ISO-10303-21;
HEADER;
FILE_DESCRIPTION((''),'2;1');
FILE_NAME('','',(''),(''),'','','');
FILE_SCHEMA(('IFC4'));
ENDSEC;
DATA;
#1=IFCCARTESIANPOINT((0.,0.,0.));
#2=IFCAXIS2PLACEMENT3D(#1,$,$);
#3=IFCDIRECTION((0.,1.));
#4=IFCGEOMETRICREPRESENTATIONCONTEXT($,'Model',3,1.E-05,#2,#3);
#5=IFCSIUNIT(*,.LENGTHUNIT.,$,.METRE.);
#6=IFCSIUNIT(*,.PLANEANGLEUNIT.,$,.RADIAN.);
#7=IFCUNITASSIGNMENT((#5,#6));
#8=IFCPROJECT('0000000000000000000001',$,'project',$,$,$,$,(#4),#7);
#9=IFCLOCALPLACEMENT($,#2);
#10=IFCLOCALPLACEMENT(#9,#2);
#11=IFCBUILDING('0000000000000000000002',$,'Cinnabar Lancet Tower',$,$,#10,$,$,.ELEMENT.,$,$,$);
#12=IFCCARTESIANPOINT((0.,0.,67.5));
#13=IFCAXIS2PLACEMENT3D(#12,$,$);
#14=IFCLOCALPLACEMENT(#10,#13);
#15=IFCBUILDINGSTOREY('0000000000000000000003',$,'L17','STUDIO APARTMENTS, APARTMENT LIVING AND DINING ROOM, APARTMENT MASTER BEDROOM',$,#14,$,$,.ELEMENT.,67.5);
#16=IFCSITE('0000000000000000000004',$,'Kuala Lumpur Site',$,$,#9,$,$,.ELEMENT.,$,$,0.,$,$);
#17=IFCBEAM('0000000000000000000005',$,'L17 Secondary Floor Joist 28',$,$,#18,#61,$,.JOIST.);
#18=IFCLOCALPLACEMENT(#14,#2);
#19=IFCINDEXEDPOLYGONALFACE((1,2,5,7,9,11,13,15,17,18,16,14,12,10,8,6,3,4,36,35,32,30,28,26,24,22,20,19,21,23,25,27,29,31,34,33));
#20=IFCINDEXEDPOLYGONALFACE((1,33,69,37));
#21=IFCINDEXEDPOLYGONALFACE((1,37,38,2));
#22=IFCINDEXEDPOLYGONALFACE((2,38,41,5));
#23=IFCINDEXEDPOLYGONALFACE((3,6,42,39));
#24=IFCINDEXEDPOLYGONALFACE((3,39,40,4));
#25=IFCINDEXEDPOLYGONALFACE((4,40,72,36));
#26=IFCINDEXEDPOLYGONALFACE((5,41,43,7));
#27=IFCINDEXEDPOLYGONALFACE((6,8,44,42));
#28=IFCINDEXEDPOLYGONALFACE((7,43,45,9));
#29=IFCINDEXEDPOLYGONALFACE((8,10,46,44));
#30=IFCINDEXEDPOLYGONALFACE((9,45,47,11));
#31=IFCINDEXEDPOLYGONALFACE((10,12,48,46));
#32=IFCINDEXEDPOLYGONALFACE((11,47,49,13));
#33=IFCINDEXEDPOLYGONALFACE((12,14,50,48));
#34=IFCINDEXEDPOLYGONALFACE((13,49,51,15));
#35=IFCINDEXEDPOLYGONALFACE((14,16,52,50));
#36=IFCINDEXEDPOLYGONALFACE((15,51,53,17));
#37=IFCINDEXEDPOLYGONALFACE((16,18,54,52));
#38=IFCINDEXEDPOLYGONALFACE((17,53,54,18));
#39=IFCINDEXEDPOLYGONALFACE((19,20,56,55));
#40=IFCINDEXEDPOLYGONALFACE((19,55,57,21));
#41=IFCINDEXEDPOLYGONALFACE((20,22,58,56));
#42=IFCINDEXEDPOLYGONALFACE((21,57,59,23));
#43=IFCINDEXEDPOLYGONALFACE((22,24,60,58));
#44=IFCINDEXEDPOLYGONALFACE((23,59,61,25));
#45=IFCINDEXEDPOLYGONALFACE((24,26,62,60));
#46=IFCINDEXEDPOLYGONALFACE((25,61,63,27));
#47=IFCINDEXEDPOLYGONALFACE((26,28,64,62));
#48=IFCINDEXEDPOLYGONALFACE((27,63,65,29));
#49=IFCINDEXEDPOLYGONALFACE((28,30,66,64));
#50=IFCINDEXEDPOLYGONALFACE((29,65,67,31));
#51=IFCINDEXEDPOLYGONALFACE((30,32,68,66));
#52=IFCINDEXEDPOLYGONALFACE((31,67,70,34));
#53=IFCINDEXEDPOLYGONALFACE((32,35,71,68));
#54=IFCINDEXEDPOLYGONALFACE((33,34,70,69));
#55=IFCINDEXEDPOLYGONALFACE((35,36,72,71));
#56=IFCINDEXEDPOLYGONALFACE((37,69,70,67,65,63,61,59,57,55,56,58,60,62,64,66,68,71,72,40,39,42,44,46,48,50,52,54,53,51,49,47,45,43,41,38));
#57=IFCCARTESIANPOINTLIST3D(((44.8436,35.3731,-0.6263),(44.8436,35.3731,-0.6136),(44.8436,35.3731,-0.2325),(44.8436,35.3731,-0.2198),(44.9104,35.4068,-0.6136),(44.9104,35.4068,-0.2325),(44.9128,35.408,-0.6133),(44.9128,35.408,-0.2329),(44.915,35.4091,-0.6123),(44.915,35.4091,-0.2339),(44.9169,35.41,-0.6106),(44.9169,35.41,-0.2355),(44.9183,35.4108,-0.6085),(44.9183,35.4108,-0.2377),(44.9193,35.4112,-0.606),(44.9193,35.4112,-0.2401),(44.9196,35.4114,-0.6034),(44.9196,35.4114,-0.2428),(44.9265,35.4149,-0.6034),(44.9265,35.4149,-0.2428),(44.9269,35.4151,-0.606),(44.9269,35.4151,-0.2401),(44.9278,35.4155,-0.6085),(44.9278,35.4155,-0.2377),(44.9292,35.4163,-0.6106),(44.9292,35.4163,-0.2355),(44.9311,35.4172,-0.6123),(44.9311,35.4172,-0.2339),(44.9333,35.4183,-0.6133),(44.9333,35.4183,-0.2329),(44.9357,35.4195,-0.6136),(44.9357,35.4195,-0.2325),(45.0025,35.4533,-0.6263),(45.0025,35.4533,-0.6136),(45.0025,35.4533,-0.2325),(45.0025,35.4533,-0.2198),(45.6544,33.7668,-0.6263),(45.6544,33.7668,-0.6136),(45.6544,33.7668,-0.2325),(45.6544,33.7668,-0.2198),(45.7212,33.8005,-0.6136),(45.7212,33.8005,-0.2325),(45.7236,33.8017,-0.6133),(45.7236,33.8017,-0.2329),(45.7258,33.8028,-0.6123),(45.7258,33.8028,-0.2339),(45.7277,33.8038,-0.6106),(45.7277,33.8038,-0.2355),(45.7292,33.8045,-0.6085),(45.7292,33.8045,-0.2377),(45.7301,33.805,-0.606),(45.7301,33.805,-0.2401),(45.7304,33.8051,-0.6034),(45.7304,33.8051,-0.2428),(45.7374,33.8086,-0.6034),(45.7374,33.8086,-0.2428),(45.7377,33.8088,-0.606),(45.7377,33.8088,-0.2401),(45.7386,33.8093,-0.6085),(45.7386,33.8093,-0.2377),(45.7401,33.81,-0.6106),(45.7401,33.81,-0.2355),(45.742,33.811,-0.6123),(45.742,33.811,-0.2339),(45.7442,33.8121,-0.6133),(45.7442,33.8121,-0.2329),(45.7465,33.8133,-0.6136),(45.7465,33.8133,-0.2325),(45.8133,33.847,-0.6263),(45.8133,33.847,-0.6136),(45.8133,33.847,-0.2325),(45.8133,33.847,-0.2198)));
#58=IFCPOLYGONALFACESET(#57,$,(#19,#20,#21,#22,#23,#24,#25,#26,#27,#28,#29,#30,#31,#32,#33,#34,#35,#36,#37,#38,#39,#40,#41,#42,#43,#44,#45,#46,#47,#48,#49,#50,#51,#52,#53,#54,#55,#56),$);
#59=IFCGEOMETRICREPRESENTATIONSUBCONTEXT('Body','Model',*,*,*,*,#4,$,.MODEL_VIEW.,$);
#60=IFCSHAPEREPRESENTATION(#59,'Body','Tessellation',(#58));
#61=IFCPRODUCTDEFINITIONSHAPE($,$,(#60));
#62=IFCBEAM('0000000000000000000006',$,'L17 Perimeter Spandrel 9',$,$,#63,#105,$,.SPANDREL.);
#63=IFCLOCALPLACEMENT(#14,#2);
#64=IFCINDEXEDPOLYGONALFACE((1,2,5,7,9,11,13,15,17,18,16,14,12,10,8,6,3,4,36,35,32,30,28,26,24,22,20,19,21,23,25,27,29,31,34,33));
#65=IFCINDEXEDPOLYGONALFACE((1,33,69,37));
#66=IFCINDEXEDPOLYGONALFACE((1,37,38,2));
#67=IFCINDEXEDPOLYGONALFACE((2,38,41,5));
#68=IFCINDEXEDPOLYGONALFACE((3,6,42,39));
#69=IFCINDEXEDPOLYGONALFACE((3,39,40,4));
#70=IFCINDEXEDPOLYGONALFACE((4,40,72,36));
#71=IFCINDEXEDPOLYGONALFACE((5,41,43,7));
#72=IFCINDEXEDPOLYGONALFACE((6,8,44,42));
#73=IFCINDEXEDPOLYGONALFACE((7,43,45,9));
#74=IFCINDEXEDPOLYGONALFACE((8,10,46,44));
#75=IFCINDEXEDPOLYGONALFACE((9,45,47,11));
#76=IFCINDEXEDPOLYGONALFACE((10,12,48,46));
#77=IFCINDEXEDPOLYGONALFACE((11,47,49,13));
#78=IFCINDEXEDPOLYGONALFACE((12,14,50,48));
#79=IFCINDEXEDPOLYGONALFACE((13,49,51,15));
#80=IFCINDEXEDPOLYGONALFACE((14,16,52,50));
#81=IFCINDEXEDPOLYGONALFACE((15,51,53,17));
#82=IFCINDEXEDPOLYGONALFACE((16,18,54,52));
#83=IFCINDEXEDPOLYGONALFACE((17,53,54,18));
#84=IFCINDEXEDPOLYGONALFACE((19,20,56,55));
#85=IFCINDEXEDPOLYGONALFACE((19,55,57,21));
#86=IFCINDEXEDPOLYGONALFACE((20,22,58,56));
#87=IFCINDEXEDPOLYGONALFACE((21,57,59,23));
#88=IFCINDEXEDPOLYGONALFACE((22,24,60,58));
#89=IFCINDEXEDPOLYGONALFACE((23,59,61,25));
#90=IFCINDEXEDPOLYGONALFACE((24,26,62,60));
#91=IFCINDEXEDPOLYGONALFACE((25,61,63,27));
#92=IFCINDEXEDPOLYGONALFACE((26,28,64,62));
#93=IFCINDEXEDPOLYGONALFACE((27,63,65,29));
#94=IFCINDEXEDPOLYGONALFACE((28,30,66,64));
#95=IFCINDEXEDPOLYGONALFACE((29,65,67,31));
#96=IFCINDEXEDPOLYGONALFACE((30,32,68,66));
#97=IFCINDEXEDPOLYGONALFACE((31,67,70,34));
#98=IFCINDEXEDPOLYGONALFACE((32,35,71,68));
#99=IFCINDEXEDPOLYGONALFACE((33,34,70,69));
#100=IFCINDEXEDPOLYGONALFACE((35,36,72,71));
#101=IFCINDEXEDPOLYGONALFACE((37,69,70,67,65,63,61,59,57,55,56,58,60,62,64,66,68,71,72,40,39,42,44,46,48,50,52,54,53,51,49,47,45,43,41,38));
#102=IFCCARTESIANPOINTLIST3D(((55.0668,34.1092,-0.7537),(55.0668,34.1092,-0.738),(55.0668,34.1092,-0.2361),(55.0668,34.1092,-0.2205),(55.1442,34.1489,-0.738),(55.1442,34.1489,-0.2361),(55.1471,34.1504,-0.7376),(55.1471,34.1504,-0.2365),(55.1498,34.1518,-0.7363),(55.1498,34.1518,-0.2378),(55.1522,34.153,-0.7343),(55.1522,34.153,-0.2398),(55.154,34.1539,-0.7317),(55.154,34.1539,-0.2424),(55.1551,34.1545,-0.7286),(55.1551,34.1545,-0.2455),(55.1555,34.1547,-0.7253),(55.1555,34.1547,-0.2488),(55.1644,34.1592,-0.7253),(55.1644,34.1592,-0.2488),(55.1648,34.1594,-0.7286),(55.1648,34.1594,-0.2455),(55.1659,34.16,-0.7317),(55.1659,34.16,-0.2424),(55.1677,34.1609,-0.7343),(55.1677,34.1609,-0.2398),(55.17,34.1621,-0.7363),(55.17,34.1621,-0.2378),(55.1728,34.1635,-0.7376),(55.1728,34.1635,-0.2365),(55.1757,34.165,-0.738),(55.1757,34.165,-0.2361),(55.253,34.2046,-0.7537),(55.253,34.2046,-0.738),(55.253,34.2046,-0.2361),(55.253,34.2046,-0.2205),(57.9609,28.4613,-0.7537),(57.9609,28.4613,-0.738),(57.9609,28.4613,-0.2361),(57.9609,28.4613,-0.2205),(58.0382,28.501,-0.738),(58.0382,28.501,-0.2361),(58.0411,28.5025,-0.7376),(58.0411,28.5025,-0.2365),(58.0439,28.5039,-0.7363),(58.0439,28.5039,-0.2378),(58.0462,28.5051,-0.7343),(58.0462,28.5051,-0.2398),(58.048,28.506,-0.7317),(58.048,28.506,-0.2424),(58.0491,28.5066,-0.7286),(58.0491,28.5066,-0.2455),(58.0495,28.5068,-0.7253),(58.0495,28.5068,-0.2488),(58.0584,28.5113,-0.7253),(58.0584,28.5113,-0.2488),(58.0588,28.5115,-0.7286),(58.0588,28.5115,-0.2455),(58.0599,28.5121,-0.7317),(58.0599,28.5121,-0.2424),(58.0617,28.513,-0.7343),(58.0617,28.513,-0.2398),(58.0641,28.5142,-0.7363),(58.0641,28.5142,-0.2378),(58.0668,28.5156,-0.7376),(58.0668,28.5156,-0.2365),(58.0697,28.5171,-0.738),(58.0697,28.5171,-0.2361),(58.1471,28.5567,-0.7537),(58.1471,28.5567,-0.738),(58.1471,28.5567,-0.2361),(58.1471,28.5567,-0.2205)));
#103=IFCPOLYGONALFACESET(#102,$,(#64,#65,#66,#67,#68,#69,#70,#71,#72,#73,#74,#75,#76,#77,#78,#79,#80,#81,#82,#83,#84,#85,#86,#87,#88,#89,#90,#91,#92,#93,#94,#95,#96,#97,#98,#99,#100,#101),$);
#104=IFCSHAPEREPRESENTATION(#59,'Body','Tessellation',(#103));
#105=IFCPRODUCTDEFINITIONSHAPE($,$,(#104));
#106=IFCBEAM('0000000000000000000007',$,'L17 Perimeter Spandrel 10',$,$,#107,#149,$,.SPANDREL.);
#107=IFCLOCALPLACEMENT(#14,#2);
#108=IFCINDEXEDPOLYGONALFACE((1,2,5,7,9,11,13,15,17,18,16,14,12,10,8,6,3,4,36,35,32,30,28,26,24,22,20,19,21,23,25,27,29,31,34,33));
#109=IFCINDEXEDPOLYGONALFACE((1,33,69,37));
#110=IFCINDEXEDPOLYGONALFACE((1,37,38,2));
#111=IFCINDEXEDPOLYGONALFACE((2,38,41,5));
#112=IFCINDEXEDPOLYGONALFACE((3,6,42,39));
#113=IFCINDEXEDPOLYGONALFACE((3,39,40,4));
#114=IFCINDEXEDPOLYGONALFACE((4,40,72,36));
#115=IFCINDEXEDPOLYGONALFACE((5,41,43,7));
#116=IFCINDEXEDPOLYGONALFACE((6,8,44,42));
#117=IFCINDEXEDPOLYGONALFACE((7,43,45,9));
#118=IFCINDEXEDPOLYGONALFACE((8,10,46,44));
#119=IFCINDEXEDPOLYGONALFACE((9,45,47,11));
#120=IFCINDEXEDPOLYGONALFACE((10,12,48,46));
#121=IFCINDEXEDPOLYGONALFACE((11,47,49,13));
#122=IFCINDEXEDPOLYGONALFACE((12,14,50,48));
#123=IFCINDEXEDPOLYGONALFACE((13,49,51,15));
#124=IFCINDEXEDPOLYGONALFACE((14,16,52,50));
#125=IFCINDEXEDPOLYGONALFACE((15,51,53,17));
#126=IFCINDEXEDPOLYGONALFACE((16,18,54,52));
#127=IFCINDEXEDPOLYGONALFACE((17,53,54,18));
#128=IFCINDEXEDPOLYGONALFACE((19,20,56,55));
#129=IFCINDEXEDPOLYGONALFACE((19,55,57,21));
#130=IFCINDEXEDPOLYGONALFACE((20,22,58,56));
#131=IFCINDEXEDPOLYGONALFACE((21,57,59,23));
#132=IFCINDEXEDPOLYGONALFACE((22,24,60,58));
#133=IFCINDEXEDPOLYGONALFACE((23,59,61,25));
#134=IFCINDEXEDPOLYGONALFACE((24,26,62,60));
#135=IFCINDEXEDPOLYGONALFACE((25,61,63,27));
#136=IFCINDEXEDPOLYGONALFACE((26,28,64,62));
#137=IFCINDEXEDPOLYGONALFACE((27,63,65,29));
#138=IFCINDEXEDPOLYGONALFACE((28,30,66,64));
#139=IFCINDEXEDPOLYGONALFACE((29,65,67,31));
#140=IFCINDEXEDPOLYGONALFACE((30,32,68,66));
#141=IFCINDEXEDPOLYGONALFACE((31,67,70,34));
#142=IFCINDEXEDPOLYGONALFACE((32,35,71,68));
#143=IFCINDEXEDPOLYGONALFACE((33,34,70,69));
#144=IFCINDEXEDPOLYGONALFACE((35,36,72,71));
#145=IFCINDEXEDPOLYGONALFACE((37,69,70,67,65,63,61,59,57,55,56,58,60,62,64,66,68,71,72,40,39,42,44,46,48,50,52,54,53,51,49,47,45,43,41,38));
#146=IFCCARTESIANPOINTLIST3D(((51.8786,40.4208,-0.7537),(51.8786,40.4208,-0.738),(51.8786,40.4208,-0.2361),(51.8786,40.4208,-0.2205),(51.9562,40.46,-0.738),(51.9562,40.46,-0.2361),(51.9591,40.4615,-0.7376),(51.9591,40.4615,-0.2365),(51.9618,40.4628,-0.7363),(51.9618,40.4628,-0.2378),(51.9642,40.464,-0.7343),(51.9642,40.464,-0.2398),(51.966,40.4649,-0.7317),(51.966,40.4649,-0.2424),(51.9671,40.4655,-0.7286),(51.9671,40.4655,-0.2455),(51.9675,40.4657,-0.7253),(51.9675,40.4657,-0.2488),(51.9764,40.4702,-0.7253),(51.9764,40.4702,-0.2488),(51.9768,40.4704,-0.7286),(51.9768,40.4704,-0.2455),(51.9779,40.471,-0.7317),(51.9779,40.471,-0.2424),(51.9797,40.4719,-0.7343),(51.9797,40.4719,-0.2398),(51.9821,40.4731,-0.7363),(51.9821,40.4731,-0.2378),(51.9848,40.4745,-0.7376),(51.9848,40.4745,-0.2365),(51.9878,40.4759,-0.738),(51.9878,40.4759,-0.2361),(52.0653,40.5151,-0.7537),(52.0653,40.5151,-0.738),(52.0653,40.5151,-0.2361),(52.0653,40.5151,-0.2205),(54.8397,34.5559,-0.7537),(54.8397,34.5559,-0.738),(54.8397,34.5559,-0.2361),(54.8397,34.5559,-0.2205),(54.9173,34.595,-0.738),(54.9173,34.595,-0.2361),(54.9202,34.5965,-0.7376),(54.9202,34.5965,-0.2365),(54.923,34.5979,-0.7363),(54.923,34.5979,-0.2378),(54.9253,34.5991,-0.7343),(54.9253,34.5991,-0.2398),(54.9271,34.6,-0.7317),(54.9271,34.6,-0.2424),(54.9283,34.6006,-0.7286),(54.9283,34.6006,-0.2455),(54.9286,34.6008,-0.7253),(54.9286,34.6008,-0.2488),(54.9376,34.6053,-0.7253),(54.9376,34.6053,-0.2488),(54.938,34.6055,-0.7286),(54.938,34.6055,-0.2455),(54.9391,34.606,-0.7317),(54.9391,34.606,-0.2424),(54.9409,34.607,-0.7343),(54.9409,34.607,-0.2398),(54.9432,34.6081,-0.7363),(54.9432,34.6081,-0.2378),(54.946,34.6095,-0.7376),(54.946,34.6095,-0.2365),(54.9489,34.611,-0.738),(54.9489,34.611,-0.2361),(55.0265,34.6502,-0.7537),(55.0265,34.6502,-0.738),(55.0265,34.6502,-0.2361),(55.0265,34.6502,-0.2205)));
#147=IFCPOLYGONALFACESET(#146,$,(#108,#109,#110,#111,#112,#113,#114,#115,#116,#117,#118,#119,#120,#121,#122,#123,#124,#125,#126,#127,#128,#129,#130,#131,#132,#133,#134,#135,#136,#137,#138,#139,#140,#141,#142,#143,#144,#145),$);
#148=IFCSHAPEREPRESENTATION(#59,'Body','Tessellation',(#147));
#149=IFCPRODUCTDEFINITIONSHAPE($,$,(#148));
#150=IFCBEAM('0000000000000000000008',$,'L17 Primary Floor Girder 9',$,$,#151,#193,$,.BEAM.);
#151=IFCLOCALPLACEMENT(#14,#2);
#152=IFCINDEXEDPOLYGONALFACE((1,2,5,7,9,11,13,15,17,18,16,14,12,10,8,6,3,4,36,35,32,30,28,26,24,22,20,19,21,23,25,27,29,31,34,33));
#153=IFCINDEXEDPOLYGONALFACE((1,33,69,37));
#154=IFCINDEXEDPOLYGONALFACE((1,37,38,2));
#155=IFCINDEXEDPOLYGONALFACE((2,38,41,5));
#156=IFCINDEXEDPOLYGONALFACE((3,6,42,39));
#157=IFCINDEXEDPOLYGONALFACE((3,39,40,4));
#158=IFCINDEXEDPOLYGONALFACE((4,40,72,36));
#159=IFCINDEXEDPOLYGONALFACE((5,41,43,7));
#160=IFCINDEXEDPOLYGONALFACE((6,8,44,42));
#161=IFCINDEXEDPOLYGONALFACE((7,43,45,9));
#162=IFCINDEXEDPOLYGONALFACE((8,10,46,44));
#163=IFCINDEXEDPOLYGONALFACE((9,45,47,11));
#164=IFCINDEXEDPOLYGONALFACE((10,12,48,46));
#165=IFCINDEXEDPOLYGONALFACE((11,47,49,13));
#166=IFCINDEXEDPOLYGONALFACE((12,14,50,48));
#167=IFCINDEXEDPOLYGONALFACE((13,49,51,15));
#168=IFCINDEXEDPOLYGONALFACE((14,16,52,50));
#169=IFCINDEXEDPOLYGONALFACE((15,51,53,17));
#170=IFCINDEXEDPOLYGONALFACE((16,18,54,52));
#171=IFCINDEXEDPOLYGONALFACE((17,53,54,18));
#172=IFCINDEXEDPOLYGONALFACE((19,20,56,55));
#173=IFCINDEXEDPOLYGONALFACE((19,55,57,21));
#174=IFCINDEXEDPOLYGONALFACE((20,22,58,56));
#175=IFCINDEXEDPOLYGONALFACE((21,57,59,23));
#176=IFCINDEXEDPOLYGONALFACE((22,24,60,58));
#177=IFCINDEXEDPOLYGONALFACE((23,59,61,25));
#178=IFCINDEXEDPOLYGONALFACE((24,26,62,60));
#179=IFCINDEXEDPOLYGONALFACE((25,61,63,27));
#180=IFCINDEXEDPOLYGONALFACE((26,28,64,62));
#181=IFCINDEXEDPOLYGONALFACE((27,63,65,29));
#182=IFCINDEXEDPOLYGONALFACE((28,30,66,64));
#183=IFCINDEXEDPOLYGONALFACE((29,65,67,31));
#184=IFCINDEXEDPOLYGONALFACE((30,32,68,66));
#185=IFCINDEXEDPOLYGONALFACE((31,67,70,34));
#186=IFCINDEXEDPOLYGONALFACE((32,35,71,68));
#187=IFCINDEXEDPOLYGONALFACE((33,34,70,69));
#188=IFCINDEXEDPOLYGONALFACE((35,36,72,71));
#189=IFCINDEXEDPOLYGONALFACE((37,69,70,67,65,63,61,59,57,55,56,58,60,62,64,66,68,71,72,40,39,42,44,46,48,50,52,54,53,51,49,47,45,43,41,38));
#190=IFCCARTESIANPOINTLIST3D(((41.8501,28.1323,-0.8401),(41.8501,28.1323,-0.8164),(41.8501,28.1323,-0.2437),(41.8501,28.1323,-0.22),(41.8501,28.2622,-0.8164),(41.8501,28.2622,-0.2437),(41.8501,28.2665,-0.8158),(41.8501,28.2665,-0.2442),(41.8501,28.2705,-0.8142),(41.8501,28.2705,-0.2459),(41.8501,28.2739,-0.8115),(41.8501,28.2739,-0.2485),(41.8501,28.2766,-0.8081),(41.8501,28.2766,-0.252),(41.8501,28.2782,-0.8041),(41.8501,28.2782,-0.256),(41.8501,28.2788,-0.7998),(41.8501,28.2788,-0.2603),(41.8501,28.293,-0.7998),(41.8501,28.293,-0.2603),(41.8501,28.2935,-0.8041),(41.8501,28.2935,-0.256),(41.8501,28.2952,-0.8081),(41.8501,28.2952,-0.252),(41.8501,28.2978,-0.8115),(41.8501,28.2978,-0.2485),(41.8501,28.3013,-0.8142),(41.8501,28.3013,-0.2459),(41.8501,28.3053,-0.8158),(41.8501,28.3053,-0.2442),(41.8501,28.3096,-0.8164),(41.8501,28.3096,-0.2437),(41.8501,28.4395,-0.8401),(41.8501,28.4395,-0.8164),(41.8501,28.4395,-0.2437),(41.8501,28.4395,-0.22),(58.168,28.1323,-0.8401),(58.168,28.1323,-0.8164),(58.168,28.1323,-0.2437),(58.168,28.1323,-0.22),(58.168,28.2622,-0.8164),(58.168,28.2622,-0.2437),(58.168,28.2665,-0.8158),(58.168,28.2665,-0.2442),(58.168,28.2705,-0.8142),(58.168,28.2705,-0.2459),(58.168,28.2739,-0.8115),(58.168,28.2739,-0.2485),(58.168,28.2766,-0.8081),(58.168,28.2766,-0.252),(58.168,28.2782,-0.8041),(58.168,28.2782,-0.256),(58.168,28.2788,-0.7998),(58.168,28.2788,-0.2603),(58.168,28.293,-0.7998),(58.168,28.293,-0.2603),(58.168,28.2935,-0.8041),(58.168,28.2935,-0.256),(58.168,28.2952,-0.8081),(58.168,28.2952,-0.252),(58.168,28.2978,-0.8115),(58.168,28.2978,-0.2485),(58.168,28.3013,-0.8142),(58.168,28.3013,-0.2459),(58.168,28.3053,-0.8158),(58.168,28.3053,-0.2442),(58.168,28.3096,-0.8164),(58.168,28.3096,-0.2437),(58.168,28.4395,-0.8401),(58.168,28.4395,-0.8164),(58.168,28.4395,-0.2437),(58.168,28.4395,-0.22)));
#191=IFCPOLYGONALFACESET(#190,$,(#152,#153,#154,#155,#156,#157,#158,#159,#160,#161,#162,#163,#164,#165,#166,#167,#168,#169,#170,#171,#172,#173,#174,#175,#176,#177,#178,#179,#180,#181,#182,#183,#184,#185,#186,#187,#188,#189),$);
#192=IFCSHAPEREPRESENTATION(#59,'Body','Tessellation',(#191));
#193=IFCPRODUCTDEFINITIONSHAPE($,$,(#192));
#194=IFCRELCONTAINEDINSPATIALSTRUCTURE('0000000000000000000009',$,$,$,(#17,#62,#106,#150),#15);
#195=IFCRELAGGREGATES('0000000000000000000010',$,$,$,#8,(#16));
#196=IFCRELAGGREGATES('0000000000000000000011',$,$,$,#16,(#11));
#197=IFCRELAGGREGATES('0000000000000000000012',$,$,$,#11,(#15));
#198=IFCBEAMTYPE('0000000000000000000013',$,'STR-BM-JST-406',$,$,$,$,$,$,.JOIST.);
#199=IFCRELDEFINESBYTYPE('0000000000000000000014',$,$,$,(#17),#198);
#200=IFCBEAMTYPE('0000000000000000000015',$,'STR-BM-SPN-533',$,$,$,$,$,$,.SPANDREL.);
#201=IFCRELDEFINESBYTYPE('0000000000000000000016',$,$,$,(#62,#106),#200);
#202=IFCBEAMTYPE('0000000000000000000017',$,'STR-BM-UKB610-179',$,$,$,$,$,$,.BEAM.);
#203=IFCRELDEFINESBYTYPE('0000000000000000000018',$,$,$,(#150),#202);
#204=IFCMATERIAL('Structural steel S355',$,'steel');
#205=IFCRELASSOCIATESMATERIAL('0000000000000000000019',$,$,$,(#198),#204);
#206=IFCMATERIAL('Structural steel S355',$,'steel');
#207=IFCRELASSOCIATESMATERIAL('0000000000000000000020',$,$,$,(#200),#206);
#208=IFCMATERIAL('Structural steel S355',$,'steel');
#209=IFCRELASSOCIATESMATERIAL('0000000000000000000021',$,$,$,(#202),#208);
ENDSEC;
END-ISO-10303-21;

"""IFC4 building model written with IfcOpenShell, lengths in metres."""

from ifc_helpers import new_model, si_unit, direction, frame, origin, origin_2d, place, context, subcontext, project, spatial, i_section, extrude, material, material_profile, profile_set, type_object, element, save


model = new_model("IFC4")

# Units and contexts
model_context = context("Model", 3, precision=1e-05, world=origin(), true_north=direction((0.0, 1.0)))
body_context = subcontext(model_context, "Body", "Model", "MODEL_VIEW")
ifc_project = project(units=[si_unit("LENGTHUNIT", "METRE"), si_unit("PLANEANGLEUNIT", "RADIAN")], contexts=[model_context])

# Site, building, storey
site_placement = place(None, origin())
site = spatial("IfcSite", under=ifc_project, at=site_placement, Name="Kuala Lumpur Site", CompositionType="ELEMENT", RefElevation=0.0)
building_placement = place(site_placement, origin())
building = spatial("IfcBuilding", under=site, at=building_placement, Name="Cinnabar Lancet Tower", CompositionType="ELEMENT")
storey_placement = place(building_placement, frame((0.0, 0.0, 67.5)))
storey = spatial("IfcBuildingStorey", under=building, at=storey_placement, Name="L17", Description="STUDIO APARTMENTS, APARTMENT LIVING AND DINING ROOM, APARTMENT MASTER BEDROOM", CompositionType="ELEMENT", Elevation=67.5)

# Beams
ifc_material_1 = material(Name="Structural steel S355", Category="steel")
ifc_material_profile_1 = material_profile(ifc_material_1, i_section(OverallWidth=0.178, OverallDepth=0.4065, WebThickness=0.0078, FlangeThickness=0.0127, FilletRadius=0.0103, at=origin_2d()), Name="UKB 406x178x60")
ifc_profile_set_1 = profile_set([ifc_material_profile_1], Name="Structural steel S355")
beam_type_1 = type_object("IfcBeamType", Name="STR-BM-JST-406", PredefinedType="JOIST", material=ifc_profile_set_1)
beam_1_placement = place(storey_placement, frame((45.7339, 33.8069, -0.4231), z_axis=(-0.45063, 0.892711, 0.0), x_axis=(-0.892711, -0.45063, 0.0)))
element("IfcBeam", 1, at=beam_1_placement, inside=storey, type_object=beam_type_1, Name="L17 Secondary Floor Joist 28", PredefinedType="JOIST", context=body_context, shape_type="SweptSolid", body=[
    extrude(i_section(OverallWidth=0.178, OverallDepth=0.4065, WebThickness=0.0078, FlangeThickness=0.0127, FilletRadius=0.0103, at=origin_2d()), origin(), (0.0, 0.0, 1.0), 1.7993),
])
ifc_material_2 = material(Name="Structural steel S355", Category="steel")
ifc_material_profile_2 = material_profile(ifc_material_2, i_section(OverallWidth=0.2092, OverallDepth=0.5332, WebThickness=0.01, FlangeThickness=0.0156, FilletRadius=0.0127, at=origin_2d()), Name="UKB 533x210x92")
ifc_profile_set_2 = profile_set([ifc_material_profile_2], Name="Structural steel S355")
beam_type_2 = type_object("IfcBeamType", Name="STR-BM-SPN-533", PredefinedType="SPANDREL", material=ifc_profile_set_2)
beam_2_placement = place(storey_placement, frame((58.054, 28.509, -0.4871), z_axis=(-0.456025, 0.889967, 0.0), x_axis=(-0.889967, -0.456025, 0.0)))
element("IfcBeam", 2, at=beam_2_placement, inside=storey, type_object=beam_type_2, Name="L17 Perimeter Spandrel 9", PredefinedType="SPANDREL", context=body_context, shape_type="SweptSolid", body=[
    extrude(i_section(OverallWidth=0.2092, OverallDepth=0.5332, WebThickness=0.01, FlangeThickness=0.0156, FilletRadius=0.0127, at=origin_2d()), origin(), (0.0, 0.0, 1.0), 6.3462),
])
beam_3_placement = place(storey_placement, frame((54.9331, 34.603, -0.4871), z_axis=(-0.450703, 0.892674, 0.0), x_axis=(-0.892674, -0.450703, 0.0)))
element("IfcBeam", 3, at=beam_3_placement, inside=storey, type_object=beam_type_2, Name="L17 Perimeter Spandrel 10", PredefinedType="SPANDREL", context=body_context, shape_type="SweptSolid", body=[
    extrude(i_section(OverallWidth=0.2092, OverallDepth=0.5332, WebThickness=0.01, FlangeThickness=0.0156, FilletRadius=0.0127, at=origin_2d()), origin(), (0.0, 0.0, 1.0), 6.5701),
])
ifc_material_3 = material(Name="Structural steel S355", Category="steel")
ifc_material_profile_3 = material_profile(ifc_material_3, i_section(OverallWidth=0.3071, OverallDepth=0.6201, WebThickness=0.0142, FlangeThickness=0.0237, FilletRadius=0.0166, at=origin_2d()), Name="UKB 610x305x179")
ifc_profile_set_3 = profile_set([ifc_material_profile_3], Name="Structural steel S355")
beam_type_3 = type_object("IfcBeamType", Name="STR-BM-UKB610-179", PredefinedType="BEAM", material=ifc_profile_set_3)
beam_4_placement = place(storey_placement, frame((58.168, 28.2859, -0.53), z_axis=(-1.0, 0.0, 0.0), x_axis=(0.0, -1.0, 0.0)))
element("IfcBeam", 4, at=beam_4_placement, inside=storey, type_object=beam_type_3, Name="L17 Primary Floor Girder 9", PredefinedType="BEAM", context=body_context, shape_type="SweptSolid", body=[
    extrude(i_section(OverallWidth=0.3071, OverallDepth=0.6201, WebThickness=0.0142, FlangeThickness=0.0237, FilletRadius=0.0166, at=origin_2d()), origin(), (0.0, 0.0, 1.0), 16.3179),
])

save(model, "model.ifc")
